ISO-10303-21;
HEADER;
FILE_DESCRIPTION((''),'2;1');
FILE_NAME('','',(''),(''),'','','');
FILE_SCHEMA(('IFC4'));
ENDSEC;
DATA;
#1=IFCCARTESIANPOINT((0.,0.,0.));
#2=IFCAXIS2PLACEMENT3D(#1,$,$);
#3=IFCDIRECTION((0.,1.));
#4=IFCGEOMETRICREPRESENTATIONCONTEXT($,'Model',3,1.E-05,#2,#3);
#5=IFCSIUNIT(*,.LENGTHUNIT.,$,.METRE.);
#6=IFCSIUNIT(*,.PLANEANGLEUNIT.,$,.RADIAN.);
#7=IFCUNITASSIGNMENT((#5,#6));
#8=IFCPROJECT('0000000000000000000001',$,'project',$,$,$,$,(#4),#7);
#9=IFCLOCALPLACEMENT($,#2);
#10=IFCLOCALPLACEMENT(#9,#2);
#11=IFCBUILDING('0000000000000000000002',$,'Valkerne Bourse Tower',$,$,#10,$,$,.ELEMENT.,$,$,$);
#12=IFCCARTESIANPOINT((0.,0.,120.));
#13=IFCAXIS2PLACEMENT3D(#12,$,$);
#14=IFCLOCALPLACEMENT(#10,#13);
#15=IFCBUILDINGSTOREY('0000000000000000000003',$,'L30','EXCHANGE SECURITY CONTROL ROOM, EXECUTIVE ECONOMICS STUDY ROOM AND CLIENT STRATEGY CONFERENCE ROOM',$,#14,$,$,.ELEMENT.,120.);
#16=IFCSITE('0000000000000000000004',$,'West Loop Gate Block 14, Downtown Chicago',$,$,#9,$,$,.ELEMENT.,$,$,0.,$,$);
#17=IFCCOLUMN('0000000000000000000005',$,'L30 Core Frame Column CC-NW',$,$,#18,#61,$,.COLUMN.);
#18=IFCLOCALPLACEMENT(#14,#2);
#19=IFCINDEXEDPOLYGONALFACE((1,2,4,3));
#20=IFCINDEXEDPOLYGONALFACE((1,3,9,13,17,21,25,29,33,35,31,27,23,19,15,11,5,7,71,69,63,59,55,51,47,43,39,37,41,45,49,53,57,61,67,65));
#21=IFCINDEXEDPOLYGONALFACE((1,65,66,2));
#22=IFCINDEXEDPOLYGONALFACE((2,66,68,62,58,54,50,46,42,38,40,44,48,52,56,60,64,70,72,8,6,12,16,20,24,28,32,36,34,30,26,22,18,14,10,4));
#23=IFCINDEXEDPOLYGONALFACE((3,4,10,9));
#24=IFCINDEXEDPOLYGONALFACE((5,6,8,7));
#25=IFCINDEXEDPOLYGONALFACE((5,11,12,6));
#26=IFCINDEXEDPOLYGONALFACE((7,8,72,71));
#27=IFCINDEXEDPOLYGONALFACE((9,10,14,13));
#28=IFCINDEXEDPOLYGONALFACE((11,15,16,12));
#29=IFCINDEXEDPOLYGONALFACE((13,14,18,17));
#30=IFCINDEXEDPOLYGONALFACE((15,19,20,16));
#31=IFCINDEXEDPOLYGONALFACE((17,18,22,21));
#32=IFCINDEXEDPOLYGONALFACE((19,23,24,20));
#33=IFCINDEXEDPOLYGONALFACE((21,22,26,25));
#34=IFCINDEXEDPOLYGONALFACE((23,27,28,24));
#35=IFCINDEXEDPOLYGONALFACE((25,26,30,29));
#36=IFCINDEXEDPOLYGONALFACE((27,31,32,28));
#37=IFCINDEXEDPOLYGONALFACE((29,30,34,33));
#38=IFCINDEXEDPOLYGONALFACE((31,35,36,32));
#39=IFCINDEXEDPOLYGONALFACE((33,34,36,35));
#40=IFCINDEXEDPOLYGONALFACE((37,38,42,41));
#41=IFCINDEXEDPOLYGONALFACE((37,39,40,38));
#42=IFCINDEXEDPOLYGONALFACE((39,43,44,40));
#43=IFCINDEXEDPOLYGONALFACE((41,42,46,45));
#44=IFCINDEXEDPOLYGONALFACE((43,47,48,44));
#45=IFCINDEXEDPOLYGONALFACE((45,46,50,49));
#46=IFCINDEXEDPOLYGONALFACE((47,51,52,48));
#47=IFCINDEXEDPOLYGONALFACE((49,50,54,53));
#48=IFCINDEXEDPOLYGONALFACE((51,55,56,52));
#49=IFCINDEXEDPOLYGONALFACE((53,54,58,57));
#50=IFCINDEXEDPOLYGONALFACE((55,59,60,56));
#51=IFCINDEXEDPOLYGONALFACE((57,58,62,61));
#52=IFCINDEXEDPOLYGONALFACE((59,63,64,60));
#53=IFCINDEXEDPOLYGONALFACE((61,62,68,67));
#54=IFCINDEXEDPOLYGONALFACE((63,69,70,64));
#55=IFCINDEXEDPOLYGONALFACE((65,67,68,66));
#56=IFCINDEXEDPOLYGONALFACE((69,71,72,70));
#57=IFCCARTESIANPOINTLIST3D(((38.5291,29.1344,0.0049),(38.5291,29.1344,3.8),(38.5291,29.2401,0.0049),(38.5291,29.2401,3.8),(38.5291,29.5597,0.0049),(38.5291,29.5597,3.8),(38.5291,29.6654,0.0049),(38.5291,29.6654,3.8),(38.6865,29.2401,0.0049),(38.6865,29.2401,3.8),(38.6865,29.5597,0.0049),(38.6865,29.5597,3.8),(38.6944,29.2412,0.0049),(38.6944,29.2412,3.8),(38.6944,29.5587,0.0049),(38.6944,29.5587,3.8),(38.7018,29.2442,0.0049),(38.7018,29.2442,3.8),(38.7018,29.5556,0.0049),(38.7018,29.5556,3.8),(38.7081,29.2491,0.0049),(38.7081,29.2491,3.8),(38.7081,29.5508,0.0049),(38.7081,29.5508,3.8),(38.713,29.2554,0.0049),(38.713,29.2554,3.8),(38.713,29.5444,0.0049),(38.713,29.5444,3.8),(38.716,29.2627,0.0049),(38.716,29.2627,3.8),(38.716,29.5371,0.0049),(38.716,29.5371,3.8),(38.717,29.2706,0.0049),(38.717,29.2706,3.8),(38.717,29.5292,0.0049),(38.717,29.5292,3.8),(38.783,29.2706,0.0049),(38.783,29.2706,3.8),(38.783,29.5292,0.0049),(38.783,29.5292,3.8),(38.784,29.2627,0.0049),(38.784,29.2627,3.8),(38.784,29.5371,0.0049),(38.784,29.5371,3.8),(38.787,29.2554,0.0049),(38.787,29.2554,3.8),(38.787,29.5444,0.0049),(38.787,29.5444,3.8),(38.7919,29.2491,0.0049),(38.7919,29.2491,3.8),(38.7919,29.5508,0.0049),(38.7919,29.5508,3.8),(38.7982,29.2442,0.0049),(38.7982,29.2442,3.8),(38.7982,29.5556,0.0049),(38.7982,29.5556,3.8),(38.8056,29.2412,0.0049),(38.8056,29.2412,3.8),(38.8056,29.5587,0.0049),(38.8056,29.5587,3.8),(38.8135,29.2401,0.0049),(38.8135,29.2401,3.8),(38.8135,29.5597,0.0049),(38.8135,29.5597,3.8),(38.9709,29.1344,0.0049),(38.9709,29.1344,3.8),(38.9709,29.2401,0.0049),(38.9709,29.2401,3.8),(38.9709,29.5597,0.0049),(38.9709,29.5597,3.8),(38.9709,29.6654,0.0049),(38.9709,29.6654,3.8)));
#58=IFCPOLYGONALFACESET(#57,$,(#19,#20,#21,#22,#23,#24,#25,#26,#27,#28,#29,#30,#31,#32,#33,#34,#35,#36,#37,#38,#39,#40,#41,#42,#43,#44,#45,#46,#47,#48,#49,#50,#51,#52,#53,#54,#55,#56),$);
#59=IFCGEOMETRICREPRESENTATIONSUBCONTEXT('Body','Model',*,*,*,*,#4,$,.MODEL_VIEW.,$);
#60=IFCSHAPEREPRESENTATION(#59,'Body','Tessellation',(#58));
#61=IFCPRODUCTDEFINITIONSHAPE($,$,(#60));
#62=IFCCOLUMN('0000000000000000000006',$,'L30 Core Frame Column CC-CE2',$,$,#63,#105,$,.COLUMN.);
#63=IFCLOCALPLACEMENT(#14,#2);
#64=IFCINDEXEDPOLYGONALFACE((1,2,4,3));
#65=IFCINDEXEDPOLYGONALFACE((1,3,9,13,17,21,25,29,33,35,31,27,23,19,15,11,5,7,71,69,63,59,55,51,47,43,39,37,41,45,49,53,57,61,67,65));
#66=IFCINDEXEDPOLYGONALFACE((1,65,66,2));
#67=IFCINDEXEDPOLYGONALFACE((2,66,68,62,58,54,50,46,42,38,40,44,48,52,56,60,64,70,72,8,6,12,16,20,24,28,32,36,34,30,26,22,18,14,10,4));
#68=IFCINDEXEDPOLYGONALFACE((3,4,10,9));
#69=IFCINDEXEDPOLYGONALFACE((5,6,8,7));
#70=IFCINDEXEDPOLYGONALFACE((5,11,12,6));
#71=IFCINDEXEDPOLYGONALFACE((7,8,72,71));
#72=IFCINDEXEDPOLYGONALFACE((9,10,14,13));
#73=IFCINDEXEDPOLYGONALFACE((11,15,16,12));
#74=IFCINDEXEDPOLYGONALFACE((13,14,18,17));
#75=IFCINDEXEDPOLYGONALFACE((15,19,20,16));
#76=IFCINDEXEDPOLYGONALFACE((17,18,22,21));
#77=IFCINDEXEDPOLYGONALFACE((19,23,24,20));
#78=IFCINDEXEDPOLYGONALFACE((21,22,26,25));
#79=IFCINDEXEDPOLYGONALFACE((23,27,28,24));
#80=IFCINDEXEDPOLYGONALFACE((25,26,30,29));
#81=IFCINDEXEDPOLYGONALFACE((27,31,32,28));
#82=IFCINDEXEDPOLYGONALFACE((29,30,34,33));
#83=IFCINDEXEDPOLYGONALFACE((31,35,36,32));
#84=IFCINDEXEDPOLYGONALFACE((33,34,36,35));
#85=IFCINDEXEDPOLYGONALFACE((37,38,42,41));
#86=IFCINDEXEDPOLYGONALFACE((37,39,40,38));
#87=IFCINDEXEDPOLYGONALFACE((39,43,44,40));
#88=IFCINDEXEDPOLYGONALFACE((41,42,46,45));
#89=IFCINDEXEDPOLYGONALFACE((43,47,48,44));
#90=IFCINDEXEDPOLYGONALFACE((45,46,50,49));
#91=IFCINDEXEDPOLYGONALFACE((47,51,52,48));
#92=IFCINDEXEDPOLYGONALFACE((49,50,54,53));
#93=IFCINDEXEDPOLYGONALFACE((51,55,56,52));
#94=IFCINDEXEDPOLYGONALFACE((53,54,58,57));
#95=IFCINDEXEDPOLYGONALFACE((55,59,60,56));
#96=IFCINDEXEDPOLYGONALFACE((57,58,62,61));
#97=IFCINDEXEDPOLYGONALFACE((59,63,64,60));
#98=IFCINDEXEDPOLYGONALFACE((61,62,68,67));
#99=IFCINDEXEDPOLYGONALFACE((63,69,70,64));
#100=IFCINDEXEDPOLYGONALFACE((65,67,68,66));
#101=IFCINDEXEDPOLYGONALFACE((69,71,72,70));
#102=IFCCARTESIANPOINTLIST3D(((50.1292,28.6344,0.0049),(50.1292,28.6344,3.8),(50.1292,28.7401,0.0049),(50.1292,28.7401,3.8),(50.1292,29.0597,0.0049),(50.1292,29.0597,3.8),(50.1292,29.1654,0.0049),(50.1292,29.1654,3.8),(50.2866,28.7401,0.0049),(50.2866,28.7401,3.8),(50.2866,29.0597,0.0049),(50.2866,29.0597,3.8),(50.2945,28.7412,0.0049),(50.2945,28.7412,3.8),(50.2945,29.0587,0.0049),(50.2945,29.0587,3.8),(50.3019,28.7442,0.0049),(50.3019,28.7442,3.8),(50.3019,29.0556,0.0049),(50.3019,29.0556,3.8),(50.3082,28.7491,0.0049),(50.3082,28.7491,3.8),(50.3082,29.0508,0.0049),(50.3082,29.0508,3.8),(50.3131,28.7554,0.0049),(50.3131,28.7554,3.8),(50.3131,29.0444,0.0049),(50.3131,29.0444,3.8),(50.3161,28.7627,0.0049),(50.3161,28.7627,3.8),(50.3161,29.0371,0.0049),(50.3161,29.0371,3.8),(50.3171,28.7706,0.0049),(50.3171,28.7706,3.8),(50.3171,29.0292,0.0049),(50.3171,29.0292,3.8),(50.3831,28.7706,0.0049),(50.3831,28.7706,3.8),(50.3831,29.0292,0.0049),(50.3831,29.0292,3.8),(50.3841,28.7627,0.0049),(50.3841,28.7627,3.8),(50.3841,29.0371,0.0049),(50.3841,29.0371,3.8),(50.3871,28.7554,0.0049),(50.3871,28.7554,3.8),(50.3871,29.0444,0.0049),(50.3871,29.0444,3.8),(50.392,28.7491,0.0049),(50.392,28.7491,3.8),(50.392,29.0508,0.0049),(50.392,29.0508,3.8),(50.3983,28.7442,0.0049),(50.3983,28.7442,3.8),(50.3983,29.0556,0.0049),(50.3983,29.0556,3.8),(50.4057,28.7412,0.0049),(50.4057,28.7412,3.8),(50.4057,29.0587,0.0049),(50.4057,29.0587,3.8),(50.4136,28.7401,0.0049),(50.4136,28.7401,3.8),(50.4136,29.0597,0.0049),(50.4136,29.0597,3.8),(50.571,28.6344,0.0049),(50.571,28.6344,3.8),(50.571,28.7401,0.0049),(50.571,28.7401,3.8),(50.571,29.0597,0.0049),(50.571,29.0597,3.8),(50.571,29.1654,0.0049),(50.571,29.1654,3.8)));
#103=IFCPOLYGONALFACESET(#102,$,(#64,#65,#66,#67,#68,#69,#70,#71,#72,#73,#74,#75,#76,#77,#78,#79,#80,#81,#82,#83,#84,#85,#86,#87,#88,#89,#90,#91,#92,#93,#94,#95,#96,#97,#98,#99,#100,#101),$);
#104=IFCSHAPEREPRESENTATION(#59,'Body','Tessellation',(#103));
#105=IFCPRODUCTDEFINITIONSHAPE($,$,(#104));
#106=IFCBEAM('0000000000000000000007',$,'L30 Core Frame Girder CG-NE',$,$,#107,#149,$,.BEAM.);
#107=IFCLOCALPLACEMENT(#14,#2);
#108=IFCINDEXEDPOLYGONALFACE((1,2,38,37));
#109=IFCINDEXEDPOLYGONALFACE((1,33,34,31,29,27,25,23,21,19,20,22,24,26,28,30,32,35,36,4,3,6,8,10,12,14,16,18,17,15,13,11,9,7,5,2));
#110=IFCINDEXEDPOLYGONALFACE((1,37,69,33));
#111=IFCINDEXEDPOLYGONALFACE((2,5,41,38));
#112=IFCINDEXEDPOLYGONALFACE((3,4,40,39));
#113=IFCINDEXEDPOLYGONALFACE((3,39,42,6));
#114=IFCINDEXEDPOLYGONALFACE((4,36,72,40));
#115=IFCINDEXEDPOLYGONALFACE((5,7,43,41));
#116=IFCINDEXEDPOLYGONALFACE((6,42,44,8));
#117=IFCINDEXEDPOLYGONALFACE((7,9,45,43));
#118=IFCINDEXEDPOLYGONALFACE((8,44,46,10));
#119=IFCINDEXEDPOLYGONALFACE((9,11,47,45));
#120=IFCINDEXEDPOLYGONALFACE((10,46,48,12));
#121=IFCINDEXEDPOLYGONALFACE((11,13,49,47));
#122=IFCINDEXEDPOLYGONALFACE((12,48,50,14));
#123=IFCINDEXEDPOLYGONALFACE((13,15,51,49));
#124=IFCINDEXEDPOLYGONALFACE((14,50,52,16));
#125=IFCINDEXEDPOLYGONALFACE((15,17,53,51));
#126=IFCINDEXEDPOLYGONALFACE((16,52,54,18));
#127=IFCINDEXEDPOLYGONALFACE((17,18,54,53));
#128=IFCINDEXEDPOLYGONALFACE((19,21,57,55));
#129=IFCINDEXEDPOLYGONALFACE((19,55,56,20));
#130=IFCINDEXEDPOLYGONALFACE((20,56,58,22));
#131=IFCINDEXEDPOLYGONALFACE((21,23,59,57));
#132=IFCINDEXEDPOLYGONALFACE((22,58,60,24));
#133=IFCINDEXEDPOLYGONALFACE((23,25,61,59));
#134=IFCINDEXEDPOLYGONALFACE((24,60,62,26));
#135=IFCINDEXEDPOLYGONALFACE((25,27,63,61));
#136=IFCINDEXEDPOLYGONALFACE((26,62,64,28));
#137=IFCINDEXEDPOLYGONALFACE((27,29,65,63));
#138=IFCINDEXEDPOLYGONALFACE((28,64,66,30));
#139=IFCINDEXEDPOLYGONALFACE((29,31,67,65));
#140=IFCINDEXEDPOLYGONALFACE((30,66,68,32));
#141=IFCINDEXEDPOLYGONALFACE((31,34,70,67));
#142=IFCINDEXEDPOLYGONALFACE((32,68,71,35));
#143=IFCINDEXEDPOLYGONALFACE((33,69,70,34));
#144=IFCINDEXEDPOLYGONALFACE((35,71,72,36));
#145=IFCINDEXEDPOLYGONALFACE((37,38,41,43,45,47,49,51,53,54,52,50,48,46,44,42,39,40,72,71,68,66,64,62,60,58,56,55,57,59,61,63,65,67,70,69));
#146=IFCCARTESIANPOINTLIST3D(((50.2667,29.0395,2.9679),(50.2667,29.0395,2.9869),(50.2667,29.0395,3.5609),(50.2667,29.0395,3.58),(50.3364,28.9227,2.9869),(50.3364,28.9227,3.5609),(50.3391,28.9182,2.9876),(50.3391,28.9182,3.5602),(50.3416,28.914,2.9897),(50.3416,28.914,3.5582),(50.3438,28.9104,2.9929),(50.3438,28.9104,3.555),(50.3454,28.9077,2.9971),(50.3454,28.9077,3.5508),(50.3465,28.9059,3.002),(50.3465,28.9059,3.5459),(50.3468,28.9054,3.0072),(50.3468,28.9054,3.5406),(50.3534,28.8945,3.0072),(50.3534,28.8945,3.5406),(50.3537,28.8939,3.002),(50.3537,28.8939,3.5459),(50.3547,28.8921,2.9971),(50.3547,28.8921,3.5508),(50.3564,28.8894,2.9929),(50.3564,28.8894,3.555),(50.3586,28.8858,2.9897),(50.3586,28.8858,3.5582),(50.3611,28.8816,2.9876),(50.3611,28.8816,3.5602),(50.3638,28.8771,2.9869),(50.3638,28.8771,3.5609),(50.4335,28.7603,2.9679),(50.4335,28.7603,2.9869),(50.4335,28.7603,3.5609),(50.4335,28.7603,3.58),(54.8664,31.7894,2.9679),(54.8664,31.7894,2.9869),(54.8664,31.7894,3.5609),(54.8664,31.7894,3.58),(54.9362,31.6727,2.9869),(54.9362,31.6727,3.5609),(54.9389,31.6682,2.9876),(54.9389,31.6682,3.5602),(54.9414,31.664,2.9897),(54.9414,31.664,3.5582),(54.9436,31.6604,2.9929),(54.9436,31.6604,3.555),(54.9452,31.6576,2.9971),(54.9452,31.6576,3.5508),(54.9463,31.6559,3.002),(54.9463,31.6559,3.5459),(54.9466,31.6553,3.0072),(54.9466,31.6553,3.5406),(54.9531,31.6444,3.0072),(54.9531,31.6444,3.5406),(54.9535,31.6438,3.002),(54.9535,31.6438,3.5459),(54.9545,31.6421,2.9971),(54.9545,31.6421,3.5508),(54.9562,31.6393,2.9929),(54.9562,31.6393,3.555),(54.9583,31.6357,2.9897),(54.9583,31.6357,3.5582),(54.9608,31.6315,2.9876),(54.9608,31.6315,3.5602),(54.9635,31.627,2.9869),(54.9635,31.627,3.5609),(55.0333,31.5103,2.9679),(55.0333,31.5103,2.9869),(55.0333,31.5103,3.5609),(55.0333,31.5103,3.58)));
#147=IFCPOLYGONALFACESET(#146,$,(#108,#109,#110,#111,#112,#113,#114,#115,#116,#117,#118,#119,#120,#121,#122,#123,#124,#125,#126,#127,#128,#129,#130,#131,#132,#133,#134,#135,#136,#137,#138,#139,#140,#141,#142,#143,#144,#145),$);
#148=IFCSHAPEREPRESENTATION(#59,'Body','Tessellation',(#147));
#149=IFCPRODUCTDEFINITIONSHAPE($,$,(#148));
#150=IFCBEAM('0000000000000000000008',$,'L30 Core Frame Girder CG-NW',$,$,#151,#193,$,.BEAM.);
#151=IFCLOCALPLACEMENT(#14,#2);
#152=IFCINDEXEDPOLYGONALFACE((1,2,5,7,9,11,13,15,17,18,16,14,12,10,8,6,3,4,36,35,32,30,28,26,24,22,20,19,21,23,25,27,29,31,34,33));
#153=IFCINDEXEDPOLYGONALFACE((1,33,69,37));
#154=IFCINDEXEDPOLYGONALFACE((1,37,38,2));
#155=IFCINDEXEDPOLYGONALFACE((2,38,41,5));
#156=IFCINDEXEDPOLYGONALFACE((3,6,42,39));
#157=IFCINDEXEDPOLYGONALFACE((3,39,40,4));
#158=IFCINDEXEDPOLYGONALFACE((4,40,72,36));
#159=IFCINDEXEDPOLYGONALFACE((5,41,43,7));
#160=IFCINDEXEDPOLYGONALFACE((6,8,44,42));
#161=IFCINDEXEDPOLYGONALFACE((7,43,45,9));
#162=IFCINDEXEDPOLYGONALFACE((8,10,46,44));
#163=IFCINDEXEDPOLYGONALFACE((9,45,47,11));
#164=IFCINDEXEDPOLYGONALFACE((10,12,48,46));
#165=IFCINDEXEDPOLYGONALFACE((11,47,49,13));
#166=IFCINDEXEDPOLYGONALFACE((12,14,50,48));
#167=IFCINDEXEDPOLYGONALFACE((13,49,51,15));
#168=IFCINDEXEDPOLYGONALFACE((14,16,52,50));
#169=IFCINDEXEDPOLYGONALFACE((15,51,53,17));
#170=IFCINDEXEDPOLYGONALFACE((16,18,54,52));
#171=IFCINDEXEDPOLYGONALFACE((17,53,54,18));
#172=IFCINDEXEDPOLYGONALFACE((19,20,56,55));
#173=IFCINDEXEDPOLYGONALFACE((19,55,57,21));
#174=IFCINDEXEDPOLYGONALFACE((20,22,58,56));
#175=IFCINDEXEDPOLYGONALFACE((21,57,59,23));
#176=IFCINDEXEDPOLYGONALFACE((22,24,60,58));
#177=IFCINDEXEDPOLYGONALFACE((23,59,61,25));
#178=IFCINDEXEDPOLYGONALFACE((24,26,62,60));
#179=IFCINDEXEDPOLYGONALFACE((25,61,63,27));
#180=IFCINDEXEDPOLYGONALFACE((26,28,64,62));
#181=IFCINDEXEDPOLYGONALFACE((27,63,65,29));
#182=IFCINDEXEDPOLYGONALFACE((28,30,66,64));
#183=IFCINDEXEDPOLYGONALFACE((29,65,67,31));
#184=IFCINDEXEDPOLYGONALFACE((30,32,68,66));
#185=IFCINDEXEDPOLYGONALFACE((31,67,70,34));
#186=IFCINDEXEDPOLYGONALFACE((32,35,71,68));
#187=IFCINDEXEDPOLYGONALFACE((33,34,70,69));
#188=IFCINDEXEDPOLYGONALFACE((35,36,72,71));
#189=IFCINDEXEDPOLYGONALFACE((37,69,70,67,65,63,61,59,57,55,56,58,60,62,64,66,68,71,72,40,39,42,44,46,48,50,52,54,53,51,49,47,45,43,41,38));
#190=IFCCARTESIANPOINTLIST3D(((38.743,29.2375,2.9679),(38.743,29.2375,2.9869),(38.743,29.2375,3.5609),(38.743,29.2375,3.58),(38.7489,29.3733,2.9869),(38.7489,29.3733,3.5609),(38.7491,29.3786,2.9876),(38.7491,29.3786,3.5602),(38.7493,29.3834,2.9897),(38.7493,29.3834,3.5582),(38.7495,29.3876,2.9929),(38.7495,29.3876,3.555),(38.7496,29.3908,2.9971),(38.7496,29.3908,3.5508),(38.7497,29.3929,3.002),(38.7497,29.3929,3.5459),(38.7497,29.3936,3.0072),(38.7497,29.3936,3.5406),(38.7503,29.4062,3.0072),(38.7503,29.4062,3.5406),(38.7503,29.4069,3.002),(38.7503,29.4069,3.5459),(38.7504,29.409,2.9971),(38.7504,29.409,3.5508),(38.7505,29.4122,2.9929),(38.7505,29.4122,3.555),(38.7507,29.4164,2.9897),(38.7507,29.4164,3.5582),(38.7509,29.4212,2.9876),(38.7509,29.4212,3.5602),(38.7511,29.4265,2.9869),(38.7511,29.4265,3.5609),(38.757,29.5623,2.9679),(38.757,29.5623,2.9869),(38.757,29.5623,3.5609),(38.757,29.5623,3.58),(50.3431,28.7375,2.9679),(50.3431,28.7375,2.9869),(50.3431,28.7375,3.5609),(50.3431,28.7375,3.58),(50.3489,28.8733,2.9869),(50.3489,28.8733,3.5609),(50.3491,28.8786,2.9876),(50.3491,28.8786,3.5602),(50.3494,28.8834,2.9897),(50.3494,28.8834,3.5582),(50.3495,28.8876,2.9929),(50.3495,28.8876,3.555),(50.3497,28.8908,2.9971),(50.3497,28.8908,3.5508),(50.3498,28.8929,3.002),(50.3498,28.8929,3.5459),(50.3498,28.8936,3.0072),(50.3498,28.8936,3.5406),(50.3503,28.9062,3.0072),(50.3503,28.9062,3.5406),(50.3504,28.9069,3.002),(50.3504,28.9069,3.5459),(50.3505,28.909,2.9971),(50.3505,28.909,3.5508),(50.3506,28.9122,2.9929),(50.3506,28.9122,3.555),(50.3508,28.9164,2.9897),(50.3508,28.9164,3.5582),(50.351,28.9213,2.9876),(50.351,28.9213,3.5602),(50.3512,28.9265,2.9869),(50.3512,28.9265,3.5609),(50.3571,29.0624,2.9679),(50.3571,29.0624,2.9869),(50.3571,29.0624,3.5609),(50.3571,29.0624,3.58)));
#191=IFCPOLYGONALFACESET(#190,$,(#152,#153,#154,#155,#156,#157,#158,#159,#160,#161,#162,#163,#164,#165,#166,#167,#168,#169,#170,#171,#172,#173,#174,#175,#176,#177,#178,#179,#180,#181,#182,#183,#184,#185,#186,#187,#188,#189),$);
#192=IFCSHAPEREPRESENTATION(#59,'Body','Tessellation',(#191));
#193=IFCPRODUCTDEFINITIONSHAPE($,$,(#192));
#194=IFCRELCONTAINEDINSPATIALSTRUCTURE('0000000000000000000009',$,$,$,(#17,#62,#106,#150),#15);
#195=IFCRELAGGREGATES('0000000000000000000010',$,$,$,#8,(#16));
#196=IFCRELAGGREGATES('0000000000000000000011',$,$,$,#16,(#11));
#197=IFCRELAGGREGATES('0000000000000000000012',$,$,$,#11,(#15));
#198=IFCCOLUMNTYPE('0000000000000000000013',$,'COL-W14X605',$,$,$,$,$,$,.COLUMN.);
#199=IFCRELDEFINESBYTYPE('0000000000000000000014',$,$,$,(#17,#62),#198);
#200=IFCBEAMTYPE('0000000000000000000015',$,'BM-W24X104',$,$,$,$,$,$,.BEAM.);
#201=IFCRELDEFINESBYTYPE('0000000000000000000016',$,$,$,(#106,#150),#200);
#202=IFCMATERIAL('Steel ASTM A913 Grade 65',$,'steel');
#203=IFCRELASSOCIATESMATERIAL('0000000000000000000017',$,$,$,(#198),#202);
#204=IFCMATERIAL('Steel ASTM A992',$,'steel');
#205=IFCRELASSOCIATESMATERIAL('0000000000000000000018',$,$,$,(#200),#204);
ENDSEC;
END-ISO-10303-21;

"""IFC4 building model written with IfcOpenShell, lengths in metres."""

from ifc_helpers import new_model, si_unit, direction, frame, origin, origin_2d, place, context, subcontext, project, spatial, i_section, extrude, material, material_profile, profile_set, type_object, element, save


model = new_model("IFC4")

# Units and contexts
model_context = context("Model", 3, precision=1e-05, world=origin(), true_north=direction((0.0, 1.0)))
body_context = subcontext(model_context, "Body", "Model", "MODEL_VIEW")
ifc_project = project(units=[si_unit("LENGTHUNIT", "METRE"), si_unit("PLANEANGLEUNIT", "RADIAN")], contexts=[model_context])

# Site, building, storey
site_placement = place(None, origin())
site = spatial("IfcSite", under=ifc_project, at=site_placement, Name="West Loop Gate Block 14, Downtown Chicago", CompositionType="ELEMENT", RefElevation=0.0)
building_placement = place(site_placement, origin())
building = spatial("IfcBuilding", under=site, at=building_placement, Name="Valkerne Bourse Tower", CompositionType="ELEMENT")
storey_placement = place(building_placement, frame((0.0, 0.0, 120.0)))
storey = spatial("IfcBuildingStorey", under=building, at=storey_placement, Name="L30", Description="EXCHANGE SECURITY CONTROL ROOM, EXECUTIVE ECONOMICS STUDY ROOM AND CLIENT STRATEGY CONFERENCE ROOM", CompositionType="ELEMENT", Elevation=120.0)

# Columns
ifc_material_1 = material(Name="Steel ASTM A913 Grade 65", Category="steel")
ifc_material_profile_1 = material_profile(ifc_material_1, i_section(OverallWidth=0.4419, OverallDepth=0.531, WebThickness=0.0659, FlangeThickness=0.1057, FilletRadius=0.0305, at=origin_2d()), Name="W14X605")
ifc_profile_set_1 = profile_set([ifc_material_profile_1], Name="Steel ASTM A913 Grade 65")
column_type = type_object("IfcColumnType", Name="COL-W14X605", PredefinedType="COLUMN", material=ifc_profile_set_1)
for number, where, z_axis, x_axis, name in (
    (1, (38.75, 29.3999, 0.0049), (0.0, 0.0, 1.0), (1.0, 0.0, 0.0), "L30 Core Frame Column CC-NW"),
    (2, (50.3501, 28.8999, 0.0049), (0.0, 0.0, 1.0), (1.0, 0.0, 0.0), "L30 Core Frame Column CC-CE2"),
):
    element("IfcColumn", number, at=place(storey_placement, frame(where, z_axis=z_axis, x_axis=x_axis)), inside=storey, type_object=column_type, Name=name, PredefinedType="COLUMN", context=body_context, shape_type="SweptSolid", body=[
        extrude(i_section(OverallWidth=0.4419, OverallDepth=0.531, WebThickness=0.0659, FlangeThickness=0.1057, FilletRadius=0.0305, at=origin_2d()), origin(), (0.0, 0.0, 1.0), 3.7952),
    ])

# Beams
ifc_material_2 = material(Name="Steel ASTM A992", Category="steel")
ifc_material_profile_2 = material_profile(ifc_material_2, i_section(OverallWidth=0.3252, OverallDepth=0.6121, WebThickness=0.0127, FlangeThickness=0.019, FilletRadius=0.0203, at=origin_2d()), Name="W24X104")
ifc_profile_set_2 = profile_set([ifc_material_profile_2], Name="Steel ASTM A992")
beam_type = type_object("IfcBeamType", Name="BM-W24X104", PredefinedType="BEAM", material=ifc_profile_set_2)
beam_1_placement = place(storey_placement, frame((50.3501, 28.8999, 3.2739), z_axis=(0.858308, 0.513135, 0.0), x_axis=(-0.513135, 0.858308, 0.0)))
element("IfcBeam", 3, at=beam_1_placement, inside=storey, type_object=beam_type, Name="L30 Core Frame Girder CG-NE", PredefinedType="BEAM", context=body_context, shape_type="SweptSolid", body=[
    extrude(i_section(OverallWidth=0.3252, OverallDepth=0.6121, WebThickness=0.0127, FlangeThickness=0.019, FilletRadius=0.0203, at=origin_2d()), origin(), (0.0, 0.0, 1.0), 5.3591),
])
beam_2_placement = place(storey_placement, frame((38.75, 29.3999, 3.2739), z_axis=(0.999072, -0.043063, 0.0), x_axis=(0.043063, 0.999072, 0.0)))
element("IfcBeam", 4, at=beam_2_placement, inside=storey, type_object=beam_type, Name="L30 Core Frame Girder CG-NW", PredefinedType="BEAM", context=body_context, shape_type="SweptSolid", body=[
    extrude(i_section(OverallWidth=0.3252, OverallDepth=0.6121, WebThickness=0.0127, FlangeThickness=0.019, FilletRadius=0.0203, at=origin_2d()), origin(), (0.0, 0.0, 1.0), 11.6108),
])

save(model, "model.ifc")
